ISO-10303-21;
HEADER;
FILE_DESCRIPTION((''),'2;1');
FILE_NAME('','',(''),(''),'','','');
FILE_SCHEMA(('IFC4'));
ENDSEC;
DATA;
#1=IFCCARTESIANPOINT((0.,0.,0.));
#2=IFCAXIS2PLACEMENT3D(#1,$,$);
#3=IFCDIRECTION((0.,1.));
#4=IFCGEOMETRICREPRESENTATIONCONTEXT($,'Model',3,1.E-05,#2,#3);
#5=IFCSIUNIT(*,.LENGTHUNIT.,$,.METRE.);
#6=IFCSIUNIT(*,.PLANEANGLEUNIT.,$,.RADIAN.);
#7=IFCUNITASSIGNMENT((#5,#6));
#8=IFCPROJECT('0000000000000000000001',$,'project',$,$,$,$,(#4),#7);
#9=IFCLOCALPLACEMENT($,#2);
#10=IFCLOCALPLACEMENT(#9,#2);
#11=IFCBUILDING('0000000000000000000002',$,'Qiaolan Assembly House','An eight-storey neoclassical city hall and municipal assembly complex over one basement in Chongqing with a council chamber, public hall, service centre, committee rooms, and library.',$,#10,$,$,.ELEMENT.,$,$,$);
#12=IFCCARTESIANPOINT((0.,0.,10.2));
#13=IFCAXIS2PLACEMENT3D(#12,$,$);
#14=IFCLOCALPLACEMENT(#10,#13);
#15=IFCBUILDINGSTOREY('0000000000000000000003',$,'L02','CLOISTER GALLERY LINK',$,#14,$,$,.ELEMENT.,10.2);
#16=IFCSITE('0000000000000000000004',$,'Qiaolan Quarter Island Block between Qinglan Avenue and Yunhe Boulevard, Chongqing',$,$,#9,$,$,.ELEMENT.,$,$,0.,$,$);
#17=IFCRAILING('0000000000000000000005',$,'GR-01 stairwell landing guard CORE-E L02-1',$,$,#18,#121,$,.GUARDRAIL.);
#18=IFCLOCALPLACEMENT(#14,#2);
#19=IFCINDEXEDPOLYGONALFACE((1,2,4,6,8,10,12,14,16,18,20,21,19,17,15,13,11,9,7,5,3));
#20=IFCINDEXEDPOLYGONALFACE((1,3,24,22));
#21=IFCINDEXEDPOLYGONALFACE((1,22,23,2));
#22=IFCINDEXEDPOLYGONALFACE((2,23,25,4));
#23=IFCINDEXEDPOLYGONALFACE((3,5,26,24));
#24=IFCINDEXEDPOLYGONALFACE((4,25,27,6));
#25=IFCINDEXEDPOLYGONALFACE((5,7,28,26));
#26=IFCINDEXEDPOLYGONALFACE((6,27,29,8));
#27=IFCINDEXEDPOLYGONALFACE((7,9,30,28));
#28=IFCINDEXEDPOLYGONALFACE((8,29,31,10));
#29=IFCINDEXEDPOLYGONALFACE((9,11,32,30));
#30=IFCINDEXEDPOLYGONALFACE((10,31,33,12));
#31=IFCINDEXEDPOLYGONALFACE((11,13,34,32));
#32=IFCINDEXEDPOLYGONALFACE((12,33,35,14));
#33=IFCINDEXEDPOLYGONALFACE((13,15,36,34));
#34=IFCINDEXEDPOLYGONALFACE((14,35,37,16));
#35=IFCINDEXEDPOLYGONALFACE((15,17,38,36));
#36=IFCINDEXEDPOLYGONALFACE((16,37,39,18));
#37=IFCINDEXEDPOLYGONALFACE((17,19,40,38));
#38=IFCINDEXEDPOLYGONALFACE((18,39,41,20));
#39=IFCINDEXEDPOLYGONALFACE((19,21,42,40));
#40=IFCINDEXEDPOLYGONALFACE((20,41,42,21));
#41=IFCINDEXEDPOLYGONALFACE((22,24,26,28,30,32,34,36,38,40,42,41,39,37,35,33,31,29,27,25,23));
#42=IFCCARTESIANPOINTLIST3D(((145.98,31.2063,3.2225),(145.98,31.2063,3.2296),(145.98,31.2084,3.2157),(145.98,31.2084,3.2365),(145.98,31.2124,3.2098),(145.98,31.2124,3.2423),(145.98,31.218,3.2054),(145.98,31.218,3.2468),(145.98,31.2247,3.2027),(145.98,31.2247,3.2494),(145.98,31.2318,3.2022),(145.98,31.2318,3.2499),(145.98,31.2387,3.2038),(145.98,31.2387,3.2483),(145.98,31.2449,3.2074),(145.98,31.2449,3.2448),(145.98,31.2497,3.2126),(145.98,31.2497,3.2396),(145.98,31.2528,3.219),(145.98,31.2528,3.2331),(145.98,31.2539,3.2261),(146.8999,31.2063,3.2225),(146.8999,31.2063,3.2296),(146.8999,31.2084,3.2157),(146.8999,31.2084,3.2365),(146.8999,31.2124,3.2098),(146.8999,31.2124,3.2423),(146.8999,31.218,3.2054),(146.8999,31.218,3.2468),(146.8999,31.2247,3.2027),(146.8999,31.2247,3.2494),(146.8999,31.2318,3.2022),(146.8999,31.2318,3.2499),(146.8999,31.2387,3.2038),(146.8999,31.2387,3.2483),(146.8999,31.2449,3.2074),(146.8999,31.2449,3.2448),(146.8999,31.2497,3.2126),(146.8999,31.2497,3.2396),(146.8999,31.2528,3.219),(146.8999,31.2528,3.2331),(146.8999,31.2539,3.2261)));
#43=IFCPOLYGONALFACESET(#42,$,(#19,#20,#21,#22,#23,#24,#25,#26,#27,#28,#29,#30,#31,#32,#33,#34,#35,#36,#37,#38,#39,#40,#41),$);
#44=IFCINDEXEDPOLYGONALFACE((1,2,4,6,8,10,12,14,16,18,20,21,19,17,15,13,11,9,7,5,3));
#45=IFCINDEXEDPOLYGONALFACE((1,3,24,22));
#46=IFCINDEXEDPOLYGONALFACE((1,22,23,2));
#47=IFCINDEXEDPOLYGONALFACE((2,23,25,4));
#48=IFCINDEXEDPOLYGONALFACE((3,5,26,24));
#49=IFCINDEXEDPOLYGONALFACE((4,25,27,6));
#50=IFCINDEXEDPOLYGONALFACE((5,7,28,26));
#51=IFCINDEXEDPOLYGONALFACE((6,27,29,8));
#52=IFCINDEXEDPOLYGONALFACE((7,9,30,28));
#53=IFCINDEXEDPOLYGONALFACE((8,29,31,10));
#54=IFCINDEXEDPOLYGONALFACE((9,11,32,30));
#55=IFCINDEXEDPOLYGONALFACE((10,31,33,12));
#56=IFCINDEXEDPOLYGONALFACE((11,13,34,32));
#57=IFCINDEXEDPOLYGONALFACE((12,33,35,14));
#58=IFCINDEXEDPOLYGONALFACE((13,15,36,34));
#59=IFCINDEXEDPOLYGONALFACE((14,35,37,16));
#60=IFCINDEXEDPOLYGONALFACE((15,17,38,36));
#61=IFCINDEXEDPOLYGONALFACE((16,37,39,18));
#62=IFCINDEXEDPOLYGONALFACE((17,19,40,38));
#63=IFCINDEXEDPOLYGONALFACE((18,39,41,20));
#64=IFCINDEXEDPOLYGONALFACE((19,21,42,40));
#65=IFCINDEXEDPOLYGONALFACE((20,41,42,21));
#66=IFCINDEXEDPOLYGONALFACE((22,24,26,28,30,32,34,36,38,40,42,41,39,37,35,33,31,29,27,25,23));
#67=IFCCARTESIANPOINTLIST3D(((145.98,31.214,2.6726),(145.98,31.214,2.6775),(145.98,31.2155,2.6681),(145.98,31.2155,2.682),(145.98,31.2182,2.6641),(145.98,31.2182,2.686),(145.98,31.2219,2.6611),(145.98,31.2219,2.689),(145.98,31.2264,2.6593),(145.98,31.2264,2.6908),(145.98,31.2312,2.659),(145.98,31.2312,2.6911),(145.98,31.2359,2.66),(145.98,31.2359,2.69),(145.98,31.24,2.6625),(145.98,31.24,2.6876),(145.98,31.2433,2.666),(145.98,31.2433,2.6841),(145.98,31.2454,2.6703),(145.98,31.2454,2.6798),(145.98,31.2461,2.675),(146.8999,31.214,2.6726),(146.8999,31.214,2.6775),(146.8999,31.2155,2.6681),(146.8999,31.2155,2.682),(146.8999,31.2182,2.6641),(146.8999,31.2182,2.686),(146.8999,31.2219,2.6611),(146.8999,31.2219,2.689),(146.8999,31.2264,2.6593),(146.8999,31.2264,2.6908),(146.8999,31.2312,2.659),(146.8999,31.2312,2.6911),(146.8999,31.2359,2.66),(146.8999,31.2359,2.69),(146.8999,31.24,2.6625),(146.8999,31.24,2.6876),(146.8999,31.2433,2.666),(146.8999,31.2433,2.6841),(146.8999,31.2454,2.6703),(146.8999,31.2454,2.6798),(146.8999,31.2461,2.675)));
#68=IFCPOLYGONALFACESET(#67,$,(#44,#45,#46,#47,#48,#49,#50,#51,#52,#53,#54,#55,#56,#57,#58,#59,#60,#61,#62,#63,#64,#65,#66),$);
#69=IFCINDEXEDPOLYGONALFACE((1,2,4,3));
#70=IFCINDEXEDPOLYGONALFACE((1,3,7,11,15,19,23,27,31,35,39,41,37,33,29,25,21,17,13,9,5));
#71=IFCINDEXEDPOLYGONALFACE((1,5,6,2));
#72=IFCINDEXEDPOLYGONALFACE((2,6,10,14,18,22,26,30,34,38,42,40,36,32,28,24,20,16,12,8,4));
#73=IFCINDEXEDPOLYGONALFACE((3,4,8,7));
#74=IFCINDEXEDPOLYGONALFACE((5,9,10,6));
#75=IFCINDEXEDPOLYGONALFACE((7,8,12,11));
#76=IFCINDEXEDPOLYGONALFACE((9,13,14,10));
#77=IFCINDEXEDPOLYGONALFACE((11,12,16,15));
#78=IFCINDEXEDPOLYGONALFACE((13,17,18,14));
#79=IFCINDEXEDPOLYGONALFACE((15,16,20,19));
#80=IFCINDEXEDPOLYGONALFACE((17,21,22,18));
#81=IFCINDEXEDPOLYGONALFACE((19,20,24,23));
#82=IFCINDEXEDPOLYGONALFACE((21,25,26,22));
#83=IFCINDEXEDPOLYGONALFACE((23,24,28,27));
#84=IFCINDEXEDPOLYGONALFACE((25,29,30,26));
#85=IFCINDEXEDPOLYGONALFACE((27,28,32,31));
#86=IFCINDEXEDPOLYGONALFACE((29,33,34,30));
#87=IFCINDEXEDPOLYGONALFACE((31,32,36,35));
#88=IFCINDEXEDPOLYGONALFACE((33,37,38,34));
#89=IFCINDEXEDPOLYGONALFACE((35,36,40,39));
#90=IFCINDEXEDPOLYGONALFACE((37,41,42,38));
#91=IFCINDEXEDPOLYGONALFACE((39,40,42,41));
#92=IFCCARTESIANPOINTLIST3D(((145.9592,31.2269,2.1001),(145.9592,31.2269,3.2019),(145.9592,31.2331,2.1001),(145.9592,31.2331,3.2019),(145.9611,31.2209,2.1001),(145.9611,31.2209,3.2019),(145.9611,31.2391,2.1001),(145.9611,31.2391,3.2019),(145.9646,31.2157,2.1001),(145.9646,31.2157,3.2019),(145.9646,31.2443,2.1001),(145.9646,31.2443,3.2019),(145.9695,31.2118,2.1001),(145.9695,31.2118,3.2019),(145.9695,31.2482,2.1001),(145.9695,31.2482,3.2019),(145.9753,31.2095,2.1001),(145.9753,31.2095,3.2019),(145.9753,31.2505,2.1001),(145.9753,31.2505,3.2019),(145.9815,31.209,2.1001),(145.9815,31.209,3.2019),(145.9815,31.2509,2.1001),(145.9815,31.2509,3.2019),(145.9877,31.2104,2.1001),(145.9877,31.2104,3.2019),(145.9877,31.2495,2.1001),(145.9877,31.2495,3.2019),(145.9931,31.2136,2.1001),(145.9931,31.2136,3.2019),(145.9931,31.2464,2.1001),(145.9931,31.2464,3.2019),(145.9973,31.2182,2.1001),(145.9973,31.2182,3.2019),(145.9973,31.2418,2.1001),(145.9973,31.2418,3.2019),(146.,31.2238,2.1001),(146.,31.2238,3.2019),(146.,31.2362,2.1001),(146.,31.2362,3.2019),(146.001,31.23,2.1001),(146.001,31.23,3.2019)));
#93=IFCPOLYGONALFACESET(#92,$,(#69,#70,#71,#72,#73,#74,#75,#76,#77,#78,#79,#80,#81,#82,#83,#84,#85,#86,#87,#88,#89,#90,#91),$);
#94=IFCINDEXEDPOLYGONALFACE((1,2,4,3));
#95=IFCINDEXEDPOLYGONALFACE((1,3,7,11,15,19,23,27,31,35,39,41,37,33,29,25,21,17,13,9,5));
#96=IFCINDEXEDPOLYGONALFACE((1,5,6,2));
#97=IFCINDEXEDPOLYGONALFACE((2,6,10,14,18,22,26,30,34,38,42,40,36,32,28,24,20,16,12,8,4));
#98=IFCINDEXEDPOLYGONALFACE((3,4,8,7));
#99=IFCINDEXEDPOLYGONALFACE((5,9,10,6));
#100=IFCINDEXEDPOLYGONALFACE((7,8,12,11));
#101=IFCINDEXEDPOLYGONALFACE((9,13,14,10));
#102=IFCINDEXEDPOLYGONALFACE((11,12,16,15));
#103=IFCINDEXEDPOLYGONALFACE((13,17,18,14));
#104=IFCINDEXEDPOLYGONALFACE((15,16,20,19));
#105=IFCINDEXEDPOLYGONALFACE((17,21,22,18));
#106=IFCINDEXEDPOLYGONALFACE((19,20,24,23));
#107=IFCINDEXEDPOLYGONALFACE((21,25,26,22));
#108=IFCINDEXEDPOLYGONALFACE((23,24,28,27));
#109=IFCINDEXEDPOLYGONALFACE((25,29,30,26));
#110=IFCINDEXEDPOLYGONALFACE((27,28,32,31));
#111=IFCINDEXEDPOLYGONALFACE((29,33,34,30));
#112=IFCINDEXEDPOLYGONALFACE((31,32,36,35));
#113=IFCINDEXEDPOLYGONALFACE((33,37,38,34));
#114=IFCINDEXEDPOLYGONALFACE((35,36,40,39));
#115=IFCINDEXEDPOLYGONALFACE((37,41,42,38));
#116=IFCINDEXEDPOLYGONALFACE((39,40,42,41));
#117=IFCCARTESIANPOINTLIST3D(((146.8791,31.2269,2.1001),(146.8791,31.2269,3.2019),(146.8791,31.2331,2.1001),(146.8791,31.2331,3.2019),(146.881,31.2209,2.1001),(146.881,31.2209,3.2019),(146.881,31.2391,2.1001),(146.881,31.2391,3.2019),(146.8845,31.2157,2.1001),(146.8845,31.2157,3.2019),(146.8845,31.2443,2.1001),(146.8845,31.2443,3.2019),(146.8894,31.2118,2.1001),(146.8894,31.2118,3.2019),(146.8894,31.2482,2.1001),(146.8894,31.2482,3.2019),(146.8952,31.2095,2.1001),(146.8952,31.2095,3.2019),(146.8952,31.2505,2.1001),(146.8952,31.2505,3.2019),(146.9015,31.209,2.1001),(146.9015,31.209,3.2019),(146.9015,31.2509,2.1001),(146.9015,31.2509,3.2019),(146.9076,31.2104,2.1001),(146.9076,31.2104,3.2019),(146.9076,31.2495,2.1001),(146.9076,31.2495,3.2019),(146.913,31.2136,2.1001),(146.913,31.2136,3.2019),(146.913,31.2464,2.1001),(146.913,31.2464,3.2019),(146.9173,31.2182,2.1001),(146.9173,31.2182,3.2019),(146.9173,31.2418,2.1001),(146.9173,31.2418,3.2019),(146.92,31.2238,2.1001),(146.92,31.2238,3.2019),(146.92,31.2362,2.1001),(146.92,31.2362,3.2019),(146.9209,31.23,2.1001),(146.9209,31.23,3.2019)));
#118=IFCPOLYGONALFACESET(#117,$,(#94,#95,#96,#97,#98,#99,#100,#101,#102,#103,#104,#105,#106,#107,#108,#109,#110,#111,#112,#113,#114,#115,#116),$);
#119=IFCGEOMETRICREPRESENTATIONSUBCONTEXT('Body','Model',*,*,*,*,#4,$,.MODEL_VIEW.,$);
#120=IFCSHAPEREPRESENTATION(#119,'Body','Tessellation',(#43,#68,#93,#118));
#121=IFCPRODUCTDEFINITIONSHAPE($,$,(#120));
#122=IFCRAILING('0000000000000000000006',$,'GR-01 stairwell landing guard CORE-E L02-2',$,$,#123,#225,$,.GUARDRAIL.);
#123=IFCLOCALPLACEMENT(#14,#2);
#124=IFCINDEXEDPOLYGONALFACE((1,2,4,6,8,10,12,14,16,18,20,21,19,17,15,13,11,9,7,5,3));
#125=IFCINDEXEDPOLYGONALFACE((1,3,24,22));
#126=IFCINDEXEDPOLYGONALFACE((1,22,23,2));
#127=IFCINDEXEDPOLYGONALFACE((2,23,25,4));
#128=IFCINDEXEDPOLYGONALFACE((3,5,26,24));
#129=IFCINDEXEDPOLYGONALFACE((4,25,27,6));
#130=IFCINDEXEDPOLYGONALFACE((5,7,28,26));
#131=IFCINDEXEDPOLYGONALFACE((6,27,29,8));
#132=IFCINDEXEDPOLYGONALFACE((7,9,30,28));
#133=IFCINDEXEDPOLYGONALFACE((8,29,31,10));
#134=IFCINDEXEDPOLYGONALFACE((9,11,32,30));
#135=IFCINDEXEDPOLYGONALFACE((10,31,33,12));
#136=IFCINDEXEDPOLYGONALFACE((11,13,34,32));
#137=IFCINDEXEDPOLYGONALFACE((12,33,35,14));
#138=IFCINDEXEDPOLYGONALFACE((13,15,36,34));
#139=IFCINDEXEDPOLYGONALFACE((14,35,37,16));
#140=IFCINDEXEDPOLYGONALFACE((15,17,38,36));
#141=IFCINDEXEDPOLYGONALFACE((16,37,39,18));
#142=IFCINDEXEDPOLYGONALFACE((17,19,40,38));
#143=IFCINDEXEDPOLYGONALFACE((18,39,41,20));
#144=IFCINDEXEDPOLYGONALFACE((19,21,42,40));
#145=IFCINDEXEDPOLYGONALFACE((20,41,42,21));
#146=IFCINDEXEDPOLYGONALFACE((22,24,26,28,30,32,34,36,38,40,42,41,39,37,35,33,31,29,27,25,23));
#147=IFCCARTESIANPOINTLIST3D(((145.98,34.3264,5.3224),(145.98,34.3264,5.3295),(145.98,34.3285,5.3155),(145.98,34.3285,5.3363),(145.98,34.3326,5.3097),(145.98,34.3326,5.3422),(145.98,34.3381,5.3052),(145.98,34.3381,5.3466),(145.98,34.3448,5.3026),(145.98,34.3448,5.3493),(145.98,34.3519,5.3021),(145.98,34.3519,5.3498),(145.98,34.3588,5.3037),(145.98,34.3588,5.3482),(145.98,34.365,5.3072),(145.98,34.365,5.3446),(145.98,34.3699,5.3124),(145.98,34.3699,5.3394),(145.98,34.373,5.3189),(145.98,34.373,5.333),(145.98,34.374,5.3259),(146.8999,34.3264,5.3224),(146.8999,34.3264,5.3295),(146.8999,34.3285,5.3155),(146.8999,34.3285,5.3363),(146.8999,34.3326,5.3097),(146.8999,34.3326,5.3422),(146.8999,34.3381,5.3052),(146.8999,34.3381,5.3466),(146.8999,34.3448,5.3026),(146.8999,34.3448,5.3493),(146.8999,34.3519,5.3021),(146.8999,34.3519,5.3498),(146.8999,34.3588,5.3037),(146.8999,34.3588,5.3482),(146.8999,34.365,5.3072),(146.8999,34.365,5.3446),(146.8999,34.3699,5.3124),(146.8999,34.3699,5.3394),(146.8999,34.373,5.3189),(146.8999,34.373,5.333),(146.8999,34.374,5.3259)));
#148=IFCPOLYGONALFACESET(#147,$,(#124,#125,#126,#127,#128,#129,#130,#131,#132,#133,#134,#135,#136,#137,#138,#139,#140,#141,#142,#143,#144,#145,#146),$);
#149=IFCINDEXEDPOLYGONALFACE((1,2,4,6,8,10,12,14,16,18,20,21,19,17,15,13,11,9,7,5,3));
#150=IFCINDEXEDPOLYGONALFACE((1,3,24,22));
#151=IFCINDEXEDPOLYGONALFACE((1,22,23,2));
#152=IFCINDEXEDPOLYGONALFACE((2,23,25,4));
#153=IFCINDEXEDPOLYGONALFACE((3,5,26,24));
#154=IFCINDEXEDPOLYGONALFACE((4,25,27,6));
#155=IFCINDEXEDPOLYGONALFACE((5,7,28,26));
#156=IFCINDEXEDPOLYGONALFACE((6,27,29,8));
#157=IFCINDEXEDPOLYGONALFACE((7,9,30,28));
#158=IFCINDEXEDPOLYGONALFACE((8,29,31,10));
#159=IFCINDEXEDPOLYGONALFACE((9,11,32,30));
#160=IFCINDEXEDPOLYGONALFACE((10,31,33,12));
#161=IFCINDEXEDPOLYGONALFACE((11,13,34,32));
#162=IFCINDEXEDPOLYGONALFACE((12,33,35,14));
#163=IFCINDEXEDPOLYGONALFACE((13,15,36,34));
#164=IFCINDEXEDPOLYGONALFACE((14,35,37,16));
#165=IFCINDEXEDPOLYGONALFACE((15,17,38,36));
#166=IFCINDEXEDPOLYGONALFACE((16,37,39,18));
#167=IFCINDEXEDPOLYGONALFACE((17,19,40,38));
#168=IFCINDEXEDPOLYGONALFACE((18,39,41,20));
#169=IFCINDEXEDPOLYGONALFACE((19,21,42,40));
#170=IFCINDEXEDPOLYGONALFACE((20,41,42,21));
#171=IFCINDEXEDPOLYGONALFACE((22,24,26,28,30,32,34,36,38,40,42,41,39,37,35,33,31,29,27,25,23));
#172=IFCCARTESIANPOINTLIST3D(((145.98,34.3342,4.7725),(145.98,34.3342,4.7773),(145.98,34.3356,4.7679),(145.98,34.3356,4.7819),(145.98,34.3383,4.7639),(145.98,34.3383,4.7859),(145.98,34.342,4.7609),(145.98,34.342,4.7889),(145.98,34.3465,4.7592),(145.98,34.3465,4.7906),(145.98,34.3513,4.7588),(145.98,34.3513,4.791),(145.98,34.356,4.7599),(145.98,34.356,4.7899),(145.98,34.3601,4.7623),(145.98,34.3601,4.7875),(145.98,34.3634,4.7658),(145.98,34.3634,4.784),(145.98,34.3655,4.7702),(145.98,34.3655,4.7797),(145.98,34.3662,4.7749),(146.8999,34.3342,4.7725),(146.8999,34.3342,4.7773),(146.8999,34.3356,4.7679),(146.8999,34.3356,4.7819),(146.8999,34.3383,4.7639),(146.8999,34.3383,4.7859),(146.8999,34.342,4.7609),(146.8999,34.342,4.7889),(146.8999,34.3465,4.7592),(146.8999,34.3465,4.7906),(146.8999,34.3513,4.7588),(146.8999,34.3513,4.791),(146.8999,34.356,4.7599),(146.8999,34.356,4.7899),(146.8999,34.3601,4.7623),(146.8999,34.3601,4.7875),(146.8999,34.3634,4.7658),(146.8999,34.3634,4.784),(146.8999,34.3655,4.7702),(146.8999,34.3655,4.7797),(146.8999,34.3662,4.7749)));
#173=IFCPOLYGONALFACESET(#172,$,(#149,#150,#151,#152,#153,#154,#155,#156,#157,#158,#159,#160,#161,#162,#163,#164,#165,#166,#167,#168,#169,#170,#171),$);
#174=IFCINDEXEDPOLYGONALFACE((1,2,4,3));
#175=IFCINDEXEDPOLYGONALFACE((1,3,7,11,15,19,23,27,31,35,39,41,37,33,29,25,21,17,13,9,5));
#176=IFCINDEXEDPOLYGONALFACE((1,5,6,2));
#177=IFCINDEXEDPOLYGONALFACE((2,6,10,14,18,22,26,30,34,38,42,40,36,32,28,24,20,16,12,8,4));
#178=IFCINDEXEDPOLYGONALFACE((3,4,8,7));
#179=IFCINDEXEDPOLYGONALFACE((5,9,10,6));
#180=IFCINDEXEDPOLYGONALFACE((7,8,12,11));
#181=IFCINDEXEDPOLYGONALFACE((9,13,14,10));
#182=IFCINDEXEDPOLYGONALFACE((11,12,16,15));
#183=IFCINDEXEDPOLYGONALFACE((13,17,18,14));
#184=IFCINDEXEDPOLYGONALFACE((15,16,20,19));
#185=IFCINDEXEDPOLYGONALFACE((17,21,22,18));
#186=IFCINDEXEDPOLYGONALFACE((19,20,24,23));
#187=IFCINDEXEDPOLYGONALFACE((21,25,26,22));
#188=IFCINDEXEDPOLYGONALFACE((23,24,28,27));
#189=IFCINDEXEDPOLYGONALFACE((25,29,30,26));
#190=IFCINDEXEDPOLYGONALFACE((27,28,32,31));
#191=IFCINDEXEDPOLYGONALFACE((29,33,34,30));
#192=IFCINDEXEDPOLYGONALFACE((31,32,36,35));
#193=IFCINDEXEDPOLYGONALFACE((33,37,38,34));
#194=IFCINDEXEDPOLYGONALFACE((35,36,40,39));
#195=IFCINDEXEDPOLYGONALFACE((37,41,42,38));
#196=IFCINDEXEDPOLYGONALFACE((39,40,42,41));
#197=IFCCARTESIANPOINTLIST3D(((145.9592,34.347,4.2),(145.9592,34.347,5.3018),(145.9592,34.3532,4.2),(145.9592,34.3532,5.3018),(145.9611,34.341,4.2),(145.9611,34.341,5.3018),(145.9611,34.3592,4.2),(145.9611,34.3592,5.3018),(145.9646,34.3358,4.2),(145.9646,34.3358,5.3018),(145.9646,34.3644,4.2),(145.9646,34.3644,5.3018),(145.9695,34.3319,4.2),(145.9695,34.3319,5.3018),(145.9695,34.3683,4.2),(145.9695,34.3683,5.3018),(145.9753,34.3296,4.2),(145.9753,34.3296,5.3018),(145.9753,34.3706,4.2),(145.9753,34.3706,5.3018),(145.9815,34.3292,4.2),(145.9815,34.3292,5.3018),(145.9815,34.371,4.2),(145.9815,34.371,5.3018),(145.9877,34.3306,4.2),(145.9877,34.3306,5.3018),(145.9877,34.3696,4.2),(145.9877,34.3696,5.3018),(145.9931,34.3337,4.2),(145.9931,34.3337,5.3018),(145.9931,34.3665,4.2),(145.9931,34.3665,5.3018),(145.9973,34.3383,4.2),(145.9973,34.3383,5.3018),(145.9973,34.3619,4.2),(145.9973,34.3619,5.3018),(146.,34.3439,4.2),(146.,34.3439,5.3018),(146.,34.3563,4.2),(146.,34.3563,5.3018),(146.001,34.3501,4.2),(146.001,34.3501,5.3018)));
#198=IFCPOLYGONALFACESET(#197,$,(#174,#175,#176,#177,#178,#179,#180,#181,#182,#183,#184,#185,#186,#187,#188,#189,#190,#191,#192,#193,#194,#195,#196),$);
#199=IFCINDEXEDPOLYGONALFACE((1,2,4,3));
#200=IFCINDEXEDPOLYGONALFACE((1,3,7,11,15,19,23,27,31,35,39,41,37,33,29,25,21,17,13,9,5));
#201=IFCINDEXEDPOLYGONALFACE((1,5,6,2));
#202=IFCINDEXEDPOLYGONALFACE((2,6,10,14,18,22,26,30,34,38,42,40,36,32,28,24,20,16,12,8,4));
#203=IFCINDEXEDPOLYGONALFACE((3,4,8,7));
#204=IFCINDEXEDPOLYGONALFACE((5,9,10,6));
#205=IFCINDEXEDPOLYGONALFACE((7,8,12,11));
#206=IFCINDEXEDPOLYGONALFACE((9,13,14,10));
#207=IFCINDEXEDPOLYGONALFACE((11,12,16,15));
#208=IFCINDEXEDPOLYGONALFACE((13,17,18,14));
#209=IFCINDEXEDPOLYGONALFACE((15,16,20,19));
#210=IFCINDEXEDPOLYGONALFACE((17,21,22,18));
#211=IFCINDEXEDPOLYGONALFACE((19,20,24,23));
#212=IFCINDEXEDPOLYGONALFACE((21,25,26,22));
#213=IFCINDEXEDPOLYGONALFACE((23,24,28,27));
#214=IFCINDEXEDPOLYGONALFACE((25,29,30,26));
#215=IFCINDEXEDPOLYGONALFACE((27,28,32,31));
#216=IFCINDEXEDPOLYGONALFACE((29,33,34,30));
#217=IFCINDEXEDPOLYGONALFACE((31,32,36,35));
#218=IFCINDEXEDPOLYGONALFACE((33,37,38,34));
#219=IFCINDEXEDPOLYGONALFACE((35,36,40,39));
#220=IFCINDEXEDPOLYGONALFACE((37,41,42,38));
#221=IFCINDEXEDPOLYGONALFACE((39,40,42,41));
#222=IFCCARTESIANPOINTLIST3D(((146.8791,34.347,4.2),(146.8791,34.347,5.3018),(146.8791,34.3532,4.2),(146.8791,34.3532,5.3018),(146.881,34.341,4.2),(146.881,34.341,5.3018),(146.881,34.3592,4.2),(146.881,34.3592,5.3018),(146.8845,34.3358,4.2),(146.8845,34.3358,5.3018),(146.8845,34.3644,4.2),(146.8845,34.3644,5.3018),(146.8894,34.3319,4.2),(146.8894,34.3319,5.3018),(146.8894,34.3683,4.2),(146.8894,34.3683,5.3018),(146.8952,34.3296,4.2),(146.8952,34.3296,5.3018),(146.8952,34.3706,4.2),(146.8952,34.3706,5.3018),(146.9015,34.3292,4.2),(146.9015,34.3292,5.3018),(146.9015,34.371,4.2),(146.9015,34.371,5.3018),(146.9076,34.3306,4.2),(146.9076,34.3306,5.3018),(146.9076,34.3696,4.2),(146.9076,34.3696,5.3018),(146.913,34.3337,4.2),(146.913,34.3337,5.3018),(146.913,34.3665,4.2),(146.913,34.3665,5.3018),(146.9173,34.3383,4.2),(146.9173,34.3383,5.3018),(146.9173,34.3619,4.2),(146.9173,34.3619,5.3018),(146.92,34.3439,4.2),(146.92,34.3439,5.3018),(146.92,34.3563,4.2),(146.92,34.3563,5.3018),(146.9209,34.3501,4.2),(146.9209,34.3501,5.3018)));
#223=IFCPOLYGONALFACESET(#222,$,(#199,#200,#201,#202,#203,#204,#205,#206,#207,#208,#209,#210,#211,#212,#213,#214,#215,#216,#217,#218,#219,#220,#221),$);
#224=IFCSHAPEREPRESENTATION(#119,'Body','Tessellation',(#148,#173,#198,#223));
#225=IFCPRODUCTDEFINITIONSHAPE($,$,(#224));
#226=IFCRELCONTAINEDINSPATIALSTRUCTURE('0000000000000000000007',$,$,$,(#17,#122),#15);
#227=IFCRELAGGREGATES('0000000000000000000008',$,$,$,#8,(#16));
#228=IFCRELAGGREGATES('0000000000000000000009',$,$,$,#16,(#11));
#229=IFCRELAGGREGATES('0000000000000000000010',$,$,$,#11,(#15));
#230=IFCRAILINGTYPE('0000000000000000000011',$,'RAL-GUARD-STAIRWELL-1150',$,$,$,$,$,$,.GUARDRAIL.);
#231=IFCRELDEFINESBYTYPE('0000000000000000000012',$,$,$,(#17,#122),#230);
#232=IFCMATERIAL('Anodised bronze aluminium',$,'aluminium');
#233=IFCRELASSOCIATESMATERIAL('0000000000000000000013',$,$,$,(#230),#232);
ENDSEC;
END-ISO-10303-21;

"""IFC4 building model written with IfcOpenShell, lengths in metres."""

from ifc_helpers import new_model, si_unit, direction, frame, origin, origin_2d, place, context, subcontext, project, spatial, circle, extrude, material, type_object, element, save


model = new_model("IFC4")

# Units and contexts
model_context = context("Model", 3, precision=1e-05, world=origin(), true_north=direction((0.0, 1.0)))
body_context = subcontext(model_context, "Body", "Model", "MODEL_VIEW")
ifc_project = project(units=[si_unit("LENGTHUNIT", "METRE"), si_unit("PLANEANGLEUNIT", "RADIAN")], contexts=[model_context])

# Site, building, storey
site_placement = place(None, origin())
site = spatial("IfcSite", under=ifc_project, at=site_placement, Name="Qiaolan Quarter Island Block between Qinglan Avenue and Yunhe Boulevard, Chongqing", CompositionType="ELEMENT", RefElevation=0.0)
building_placement = place(site_placement, origin())
building = spatial("IfcBuilding", under=site, at=building_placement, Name="Qiaolan Assembly House", Description="An eight-storey neoclassical city hall and municipal assembly complex over one basement in Chongqing with a council chamber, public hall, service centre, committee rooms, and library.", CompositionType="ELEMENT")
storey_placement = place(building_placement, frame((0.0, 0.0, 10.2)))
storey = spatial("IfcBuildingStorey", under=building, at=storey_placement, Name="L02", Description="CLOISTER GALLERY LINK", CompositionType="ELEMENT", Elevation=10.2)

# Shared definitions
ifc_material_1 = material(Name="Anodised bronze aluminium", Category="aluminium")

# Railings
railing_type_1 = type_object("IfcRailingType", Name="RAL-GUARD-STAIRWELL-1150", PredefinedType="GUARDRAIL", material=ifc_material_1)
for number, where, name in (
    (1, (145.98, 31.23, 2.1001), "GR-01 stairwell landing guard CORE-E L02-1"),
    (2, (145.98, 34.3501, 4.2), "GR-01 stairwell landing guard CORE-E L02-2"),
):
    element("IfcRailing", number, at=place(storey_placement, frame(where)), inside=storey, type_object=railing_type_1, Name=name, PredefinedType="GUARDRAIL", context=body_context, shape_type="SweptSolid", body=[
        extrude(circle(Radius=0.0239, at=origin_2d()), frame((0.0, 0.0, 1.126), z_axis=(1.0, 0.0, 0.0), x_axis=(0.0, 1.0, 0.0)), (0.0, 0.0, 1.0), 0.9199),
        extrude(circle(Radius=0.0161, at=origin_2d()), frame((0.0, 0.0, 0.575), z_axis=(1.0, 0.0, 0.0), x_axis=(0.0, 1.0, 0.0)), (0.0, 0.0, 1.0), 0.9199),
        extrude(circle(Radius=0.021, at=origin_2d()), origin(), (0.0, 0.0, 1.0), 1.1018),
        extrude(circle(Radius=0.021, at=origin_2d()), frame((0.9199, 0.0, 0.0)), (0.0, 0.0, 1.0), 1.1018),
    ])

save(model, "model.ifc")
